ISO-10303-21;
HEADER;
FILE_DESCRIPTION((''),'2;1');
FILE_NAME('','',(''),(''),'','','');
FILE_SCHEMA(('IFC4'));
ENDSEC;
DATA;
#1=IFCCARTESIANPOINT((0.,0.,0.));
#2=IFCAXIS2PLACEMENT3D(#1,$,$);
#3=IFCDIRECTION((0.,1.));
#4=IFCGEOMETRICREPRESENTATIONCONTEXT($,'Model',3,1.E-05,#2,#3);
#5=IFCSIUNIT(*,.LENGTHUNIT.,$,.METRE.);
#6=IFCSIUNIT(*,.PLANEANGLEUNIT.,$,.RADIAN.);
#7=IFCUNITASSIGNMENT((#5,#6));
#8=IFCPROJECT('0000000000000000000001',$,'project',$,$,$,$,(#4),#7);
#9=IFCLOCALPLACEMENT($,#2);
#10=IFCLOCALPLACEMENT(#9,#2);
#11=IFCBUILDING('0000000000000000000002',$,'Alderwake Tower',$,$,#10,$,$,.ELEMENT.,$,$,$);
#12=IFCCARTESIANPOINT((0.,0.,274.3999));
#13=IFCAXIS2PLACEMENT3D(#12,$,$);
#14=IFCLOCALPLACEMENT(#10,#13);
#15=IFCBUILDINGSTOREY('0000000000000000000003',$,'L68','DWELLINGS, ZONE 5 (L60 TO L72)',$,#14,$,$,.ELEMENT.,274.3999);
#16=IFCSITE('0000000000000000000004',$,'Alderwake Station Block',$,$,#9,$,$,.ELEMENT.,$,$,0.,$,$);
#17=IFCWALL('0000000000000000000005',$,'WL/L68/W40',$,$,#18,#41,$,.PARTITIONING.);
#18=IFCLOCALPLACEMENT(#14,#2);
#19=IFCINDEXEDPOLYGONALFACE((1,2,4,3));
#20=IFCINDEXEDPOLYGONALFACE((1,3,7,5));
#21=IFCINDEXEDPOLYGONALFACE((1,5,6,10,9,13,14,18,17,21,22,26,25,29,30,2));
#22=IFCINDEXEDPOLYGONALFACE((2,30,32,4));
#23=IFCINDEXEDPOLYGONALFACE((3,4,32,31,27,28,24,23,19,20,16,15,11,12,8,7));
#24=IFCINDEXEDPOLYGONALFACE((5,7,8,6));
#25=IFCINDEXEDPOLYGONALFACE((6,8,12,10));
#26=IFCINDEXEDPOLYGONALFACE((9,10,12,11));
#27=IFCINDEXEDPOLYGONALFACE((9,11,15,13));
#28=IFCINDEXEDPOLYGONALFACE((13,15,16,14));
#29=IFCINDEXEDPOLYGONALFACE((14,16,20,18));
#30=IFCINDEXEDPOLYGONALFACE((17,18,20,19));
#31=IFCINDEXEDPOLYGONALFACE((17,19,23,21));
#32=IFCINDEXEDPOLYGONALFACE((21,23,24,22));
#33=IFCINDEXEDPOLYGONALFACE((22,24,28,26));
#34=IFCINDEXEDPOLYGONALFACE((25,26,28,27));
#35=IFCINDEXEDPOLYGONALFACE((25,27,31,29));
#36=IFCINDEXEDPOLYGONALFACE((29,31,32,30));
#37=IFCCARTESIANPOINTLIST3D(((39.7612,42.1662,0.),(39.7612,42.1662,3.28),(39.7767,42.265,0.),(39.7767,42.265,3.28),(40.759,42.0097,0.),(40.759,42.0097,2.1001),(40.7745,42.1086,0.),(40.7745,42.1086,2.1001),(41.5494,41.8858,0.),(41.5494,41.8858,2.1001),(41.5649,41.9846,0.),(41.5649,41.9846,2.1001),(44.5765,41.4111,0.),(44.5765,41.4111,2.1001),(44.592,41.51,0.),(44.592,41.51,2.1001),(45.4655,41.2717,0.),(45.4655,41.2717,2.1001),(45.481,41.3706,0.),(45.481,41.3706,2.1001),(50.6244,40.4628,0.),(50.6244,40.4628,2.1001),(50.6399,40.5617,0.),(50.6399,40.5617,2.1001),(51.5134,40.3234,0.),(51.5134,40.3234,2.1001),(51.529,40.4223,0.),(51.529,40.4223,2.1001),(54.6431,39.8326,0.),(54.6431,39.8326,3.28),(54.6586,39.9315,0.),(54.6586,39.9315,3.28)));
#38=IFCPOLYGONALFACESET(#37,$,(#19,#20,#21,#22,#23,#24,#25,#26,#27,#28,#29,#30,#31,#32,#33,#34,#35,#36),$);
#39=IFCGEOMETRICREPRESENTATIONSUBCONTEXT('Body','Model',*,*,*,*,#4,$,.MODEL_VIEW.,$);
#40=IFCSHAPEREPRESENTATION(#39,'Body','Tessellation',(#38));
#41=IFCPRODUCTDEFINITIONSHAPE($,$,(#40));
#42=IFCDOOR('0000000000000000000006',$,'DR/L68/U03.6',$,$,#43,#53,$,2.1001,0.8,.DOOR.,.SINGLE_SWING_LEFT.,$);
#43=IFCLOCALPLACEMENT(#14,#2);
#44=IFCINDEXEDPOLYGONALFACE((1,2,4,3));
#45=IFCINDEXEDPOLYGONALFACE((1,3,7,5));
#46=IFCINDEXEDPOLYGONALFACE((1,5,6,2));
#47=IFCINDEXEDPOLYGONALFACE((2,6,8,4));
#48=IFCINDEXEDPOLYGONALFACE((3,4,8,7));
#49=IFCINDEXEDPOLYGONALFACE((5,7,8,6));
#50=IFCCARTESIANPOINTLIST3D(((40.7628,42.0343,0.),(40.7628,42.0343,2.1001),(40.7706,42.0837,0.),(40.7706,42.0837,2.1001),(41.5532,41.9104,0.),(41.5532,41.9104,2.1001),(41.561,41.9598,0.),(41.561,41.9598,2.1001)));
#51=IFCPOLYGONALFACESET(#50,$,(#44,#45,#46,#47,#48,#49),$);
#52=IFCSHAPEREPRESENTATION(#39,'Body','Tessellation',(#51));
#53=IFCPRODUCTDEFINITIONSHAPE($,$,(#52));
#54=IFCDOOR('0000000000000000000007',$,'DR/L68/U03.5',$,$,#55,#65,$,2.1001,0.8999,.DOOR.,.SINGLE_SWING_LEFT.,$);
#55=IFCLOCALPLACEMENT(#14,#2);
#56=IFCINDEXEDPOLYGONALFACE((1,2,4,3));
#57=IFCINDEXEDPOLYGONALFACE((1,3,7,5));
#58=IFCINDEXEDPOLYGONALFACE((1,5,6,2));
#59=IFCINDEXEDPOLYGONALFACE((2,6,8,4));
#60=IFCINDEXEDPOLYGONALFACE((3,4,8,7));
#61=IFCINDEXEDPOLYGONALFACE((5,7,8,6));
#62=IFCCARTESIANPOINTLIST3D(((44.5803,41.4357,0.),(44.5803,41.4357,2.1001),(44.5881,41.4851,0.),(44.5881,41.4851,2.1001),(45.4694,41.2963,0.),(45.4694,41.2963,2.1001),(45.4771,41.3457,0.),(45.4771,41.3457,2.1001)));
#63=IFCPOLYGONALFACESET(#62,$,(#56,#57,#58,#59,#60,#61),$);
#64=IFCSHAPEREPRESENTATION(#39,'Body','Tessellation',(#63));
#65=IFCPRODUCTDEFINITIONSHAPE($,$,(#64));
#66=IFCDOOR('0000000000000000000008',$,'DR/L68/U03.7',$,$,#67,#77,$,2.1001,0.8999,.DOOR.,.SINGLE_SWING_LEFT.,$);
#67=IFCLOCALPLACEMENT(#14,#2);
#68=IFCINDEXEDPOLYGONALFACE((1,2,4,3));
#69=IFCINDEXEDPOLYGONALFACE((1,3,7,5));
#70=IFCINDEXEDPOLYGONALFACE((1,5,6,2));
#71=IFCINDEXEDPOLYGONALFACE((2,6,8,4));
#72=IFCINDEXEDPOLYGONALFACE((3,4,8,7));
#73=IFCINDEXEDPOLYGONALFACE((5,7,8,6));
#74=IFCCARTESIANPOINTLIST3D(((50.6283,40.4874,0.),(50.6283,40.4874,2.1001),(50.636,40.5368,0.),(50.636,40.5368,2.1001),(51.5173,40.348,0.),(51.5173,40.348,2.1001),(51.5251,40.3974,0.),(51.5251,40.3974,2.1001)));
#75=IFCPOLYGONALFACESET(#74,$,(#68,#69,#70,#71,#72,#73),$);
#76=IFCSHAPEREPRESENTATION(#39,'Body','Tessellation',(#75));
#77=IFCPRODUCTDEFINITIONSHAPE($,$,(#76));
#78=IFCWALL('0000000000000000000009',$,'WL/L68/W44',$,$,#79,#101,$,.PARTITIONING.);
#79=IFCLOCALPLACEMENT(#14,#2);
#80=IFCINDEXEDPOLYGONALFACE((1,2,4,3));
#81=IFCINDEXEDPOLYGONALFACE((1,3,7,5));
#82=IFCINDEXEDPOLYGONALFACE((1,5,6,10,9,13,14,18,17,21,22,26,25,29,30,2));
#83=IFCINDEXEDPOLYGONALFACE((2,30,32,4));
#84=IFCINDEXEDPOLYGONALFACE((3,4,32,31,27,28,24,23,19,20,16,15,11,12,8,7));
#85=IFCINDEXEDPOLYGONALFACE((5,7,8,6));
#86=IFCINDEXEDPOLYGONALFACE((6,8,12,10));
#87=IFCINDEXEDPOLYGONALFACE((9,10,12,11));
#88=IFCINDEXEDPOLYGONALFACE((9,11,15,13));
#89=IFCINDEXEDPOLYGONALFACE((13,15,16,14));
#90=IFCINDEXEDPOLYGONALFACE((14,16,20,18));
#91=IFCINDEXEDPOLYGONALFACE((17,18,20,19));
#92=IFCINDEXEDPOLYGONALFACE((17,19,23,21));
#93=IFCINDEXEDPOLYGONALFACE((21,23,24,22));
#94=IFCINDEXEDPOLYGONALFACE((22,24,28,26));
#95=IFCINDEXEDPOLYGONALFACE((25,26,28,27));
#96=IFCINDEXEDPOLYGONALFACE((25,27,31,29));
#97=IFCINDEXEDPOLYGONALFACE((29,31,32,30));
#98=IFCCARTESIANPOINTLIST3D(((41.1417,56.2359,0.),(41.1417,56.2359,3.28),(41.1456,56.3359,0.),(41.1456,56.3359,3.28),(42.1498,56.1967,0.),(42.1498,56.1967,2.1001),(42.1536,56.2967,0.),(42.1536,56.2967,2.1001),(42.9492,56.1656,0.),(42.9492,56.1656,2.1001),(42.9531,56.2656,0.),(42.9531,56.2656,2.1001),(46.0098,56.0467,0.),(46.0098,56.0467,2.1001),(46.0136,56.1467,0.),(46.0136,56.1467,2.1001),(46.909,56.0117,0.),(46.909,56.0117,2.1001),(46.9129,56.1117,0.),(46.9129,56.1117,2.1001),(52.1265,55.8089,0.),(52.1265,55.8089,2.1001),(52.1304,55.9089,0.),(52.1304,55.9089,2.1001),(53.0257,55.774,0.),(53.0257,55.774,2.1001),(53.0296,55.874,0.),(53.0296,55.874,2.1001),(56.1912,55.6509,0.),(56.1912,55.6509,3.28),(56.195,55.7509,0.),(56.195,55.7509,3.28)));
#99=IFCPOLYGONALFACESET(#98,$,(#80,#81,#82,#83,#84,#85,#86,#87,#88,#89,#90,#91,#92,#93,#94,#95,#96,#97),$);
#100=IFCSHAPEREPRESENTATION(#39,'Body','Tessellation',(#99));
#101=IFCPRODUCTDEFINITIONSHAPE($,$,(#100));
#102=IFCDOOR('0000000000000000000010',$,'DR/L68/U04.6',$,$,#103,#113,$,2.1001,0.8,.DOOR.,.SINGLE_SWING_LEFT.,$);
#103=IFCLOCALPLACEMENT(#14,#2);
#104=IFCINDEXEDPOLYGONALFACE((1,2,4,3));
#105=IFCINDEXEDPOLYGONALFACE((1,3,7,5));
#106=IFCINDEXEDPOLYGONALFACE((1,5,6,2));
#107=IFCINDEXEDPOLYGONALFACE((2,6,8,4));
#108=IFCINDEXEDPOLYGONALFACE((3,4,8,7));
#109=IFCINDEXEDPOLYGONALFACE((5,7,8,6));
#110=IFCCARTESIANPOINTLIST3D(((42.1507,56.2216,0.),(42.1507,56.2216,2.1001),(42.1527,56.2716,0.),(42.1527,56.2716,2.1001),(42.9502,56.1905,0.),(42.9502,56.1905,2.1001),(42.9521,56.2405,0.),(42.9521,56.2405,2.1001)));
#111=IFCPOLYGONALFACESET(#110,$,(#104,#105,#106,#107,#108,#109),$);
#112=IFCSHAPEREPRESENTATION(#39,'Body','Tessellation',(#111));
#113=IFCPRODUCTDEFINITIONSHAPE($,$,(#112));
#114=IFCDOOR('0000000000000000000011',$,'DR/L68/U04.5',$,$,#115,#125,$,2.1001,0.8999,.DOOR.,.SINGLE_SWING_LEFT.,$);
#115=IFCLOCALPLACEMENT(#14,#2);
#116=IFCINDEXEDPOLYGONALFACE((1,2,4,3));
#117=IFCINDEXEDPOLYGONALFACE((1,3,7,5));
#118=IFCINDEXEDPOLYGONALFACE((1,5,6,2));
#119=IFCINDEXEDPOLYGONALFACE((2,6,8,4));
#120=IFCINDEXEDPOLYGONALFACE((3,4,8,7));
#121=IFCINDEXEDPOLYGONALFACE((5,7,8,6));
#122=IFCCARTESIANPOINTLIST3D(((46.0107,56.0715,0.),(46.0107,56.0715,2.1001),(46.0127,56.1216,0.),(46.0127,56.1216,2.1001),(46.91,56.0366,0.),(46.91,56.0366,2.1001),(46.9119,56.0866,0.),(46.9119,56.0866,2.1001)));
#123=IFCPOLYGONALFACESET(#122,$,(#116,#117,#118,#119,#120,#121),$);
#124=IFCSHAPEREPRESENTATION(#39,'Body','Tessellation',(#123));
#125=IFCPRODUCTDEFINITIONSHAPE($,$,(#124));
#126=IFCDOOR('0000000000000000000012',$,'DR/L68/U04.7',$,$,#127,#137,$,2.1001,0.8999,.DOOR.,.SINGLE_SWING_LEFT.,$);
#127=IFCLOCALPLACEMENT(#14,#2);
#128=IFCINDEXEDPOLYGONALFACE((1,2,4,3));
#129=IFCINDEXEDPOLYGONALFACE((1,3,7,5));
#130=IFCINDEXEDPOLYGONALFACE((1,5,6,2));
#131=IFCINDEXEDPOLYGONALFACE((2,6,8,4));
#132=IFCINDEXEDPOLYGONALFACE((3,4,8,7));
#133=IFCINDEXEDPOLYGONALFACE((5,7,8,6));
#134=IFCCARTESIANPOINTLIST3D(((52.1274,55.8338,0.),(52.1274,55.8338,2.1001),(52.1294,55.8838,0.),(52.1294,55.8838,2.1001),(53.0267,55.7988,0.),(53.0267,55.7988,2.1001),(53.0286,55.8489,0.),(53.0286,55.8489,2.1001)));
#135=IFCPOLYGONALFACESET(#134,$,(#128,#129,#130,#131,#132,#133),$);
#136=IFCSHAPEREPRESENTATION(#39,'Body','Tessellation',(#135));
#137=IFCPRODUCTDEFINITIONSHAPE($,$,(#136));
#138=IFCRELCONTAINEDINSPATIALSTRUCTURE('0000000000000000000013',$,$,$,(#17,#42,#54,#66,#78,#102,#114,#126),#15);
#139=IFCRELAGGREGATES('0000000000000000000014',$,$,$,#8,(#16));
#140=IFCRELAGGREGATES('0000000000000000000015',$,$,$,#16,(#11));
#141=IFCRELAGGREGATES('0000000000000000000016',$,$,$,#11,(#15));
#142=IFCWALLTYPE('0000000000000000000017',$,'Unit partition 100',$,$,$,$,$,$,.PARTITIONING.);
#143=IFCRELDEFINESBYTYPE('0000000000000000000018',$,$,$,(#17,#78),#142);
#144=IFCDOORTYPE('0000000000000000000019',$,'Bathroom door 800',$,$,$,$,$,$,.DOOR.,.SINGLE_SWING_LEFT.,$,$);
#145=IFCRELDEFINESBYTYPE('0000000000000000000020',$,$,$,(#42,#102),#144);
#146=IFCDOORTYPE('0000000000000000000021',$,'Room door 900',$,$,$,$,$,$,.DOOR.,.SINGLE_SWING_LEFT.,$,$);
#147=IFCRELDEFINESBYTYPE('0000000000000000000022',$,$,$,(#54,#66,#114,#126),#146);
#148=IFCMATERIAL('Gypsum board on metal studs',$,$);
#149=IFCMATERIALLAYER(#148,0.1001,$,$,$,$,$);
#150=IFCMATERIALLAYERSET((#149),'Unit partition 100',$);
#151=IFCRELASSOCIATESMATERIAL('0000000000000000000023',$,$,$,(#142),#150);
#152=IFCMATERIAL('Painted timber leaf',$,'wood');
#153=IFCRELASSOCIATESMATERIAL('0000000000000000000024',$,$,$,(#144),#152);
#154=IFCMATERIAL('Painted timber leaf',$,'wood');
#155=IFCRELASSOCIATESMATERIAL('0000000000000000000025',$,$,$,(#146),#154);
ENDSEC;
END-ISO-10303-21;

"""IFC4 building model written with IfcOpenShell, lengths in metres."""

from ifc_helpers import new_model, si_unit, direction, frame, frame_2d, origin, place, context, subcontext, project, spatial, rectangle, extrude, material, layer, layer_set, type_object, element, fill, save


model = new_model("IFC4")

# Units and contexts
model_context = context("Model", 3, precision=1e-05, world=origin(), true_north=direction((0.0, 1.0)))
body_context = subcontext(model_context, "Body", "Model", "MODEL_VIEW")
ifc_project = project(units=[si_unit("LENGTHUNIT", "METRE"), si_unit("PLANEANGLEUNIT", "RADIAN")], contexts=[model_context])

# Site, building, storey
site_placement = place(None, origin())
site = spatial("IfcSite", under=ifc_project, at=site_placement, Name="Alderwake Station Block", CompositionType="ELEMENT", RefElevation=0.0)
building_placement = place(site_placement, origin())
building = spatial("IfcBuilding", under=site, at=building_placement, Name="Alderwake Tower", CompositionType="ELEMENT")
storey_placement = place(building_placement, frame((0.0, 0.0, 274.3999)))
storey = spatial("IfcBuildingStorey", under=building, at=storey_placement, Name="L68", Description="DWELLINGS, ZONE 5 (L60 TO L72)", CompositionType="ELEMENT", Elevation=274.3999)

# Walls, openings, doors
ifc_material_1 = material(Name="Gypsum board on metal studs")
ifc_layer_1 = layer(ifc_material_1, 0.1001)
ifc_layer_set_1 = layer_set([ifc_layer_1], Name="Unit partition 100")
wall_type_1 = type_object("IfcWallType", Name="Unit partition 100", PredefinedType="PARTITIONING", material=ifc_layer_set_1)
wall_1_placement = place(storey_placement, frame((39.769, 42.2156, 0.0), z_axis=(0.0, 0.0, 1.0), x_axis=(0.987929, -0.154909, 0.0)))
wall_1 = element("IfcWall", 1, at=wall_1_placement, inside=storey, type_object=wall_type_1, Name="WL/L68/W40", PredefinedType="PARTITIONING", context=body_context, shape_type="SweptSolid", body=[
    extrude(rectangle(XDim=15.0637, YDim=0.1001, at=frame_2d((7.5317, 0.0))), origin(), (0.0, 0.0, 1.0), 3.28),
])
opening_1_placement = place(wall_1_placement, frame((4.874, 0.0, 0.0)))
opening_1 = element("IfcOpeningElement", 2, at=opening_1_placement, cuts=wall_1, PredefinedType="OPENING", context=body_context, shape_type="SweptSolid", body=[
    extrude(rectangle(XDim=0.8999, YDim=2.1001, at=frame_2d((0.45, 1.05))), frame((0.0, 0.0601, 0.0), z_axis=(0.0, -1.0, 0.0), x_axis=(1.0, 0.0, 0.0)), (0.0, 0.0, 1.0), 0.1201),
])
opening_2_placement = place(wall_1_placement, frame((1.01, 0.0, 0.0)))
opening_2 = element("IfcOpeningElement", 3, at=opening_2_placement, cuts=wall_1, PredefinedType="OPENING", context=body_context, shape_type="SweptSolid", body=[
    extrude(rectangle(XDim=0.8, YDim=2.1001, at=frame_2d((0.3999, 1.05))), frame((0.0, 0.0601, 0.0), z_axis=(0.0, -1.0, 0.0), x_axis=(1.0, 0.0, 0.0)), (0.0, 0.0, 1.0), 0.1201),
])
opening_3_placement = place(wall_1_placement, frame((10.9958, 0.0, 0.0)))
opening_3 = element("IfcOpeningElement", 4, at=opening_3_placement, cuts=wall_1, PredefinedType="OPENING", context=body_context, shape_type="SweptSolid", body=[
    extrude(rectangle(XDim=0.8999, YDim=2.1001, at=frame_2d((0.45, 1.05))), frame((0.0, 0.0601, 0.0), z_axis=(0.0, -1.0, 0.0), x_axis=(1.0, 0.0, 0.0)), (0.0, 0.0, 1.0), 0.1201),
])
ifc_material_2 = material(Name="Painted timber leaf", Category="wood")
door_type_1 = type_object("IfcDoorType", Name="Bathroom door 800", OperationType="SINGLE_SWING_LEFT", PredefinedType="DOOR", material=ifc_material_2)
door_1_placement = place(opening_2_placement, origin())
door_1 = element("IfcDoor", 5, at=door_1_placement, inside=storey, type_object=door_type_1, Name="DR/L68/U03.6", OperationType="SINGLE_SWING_LEFT", OverallHeight=2.1001, OverallWidth=0.8, PredefinedType="DOOR", context=body_context, shape_type="SweptSolid", body=[
    extrude(rectangle(XDim=0.8, YDim=2.1001, at=frame_2d((0.3999, 1.05))), frame((0.0, 0.0249, 0.0), z_axis=(0.0, -1.0, 0.0), x_axis=(1.0, 0.0, 0.0)), (0.0, 0.0, 1.0), 0.05),
])
fill(opening_2, door_1)
ifc_material_3 = material(Name="Painted timber leaf", Category="wood")
door_type_2 = type_object("IfcDoorType", Name="Room door 900", OperationType="SINGLE_SWING_LEFT", PredefinedType="DOOR", material=ifc_material_3)
door_2_placement = place(opening_1_placement, origin())
door_2 = element("IfcDoor", 6, at=door_2_placement, inside=storey, type_object=door_type_2, Name="DR/L68/U03.5", OperationType="SINGLE_SWING_LEFT", OverallHeight=2.1001, OverallWidth=0.8999, PredefinedType="DOOR", context=body_context, shape_type="SweptSolid", body=[
    extrude(rectangle(XDim=0.8999, YDim=2.1001, at=frame_2d((0.45, 1.05))), frame((0.0, 0.0249, 0.0), z_axis=(0.0, -1.0, 0.0), x_axis=(1.0, 0.0, 0.0)), (0.0, 0.0, 1.0), 0.05),
])
fill(opening_1, door_2)
door_3_placement = place(opening_3_placement, origin())
door_3 = element("IfcDoor", 7, at=door_3_placement, inside=storey, type_object=door_type_2, Name="DR/L68/U03.7", OperationType="SINGLE_SWING_LEFT", OverallHeight=2.1001, OverallWidth=0.8999, PredefinedType="DOOR", context=body_context, shape_type="SweptSolid", body=[
    extrude(rectangle(XDim=0.8999, YDim=2.1001, at=frame_2d((0.45, 1.05))), frame((0.0, 0.0249, 0.0), z_axis=(0.0, -1.0, 0.0), x_axis=(1.0, 0.0, 0.0)), (0.0, 0.0, 1.0), 0.05),
])
fill(opening_3, door_3)
wall_2_placement = place(storey_placement, frame((41.1438, 56.2859, 0.0), z_axis=(0.0, 0.0, 1.0), x_axis=(0.999245, -0.03884, 0.0)))
wall_2 = element("IfcWall", 8, at=wall_2_placement, inside=storey, type_object=wall_type_1, Name="WL/L68/W44", PredefinedType="PARTITIONING", context=body_context, shape_type="SweptSolid", body=[
    extrude(rectangle(XDim=15.0608, YDim=0.1001, at=frame_2d((7.5303, 0.0))), origin(), (0.0, 0.0, 1.0), 3.28),
])
opening_4_placement = place(wall_2_placement, frame((4.8716, 0.0, 0.0)))
opening_4 = element("IfcOpeningElement", 9, at=opening_4_placement, cuts=wall_2, PredefinedType="OPENING", context=body_context, shape_type="SweptSolid", body=[
    extrude(rectangle(XDim=0.8999, YDim=2.1001, at=frame_2d((0.45, 1.05))), frame((0.0, 0.0601, 0.0), z_axis=(0.0, -1.0, 0.0), x_axis=(1.0, 0.0, 0.0)), (0.0, 0.0, 1.0), 0.1201),
])
opening_5_placement = place(wall_2_placement, frame((1.0088, 0.0, 0.0)))
opening_5 = element("IfcOpeningElement", 10, at=opening_5_placement, cuts=wall_2, PredefinedType="OPENING", context=body_context, shape_type="SweptSolid", body=[
    extrude(rectangle(XDim=0.8, YDim=2.1001, at=frame_2d((0.3999, 1.05))), frame((0.0, 0.0601, 0.0), z_axis=(0.0, -1.0, 0.0), x_axis=(1.0, 0.0, 0.0)), (0.0, 0.0, 1.0), 0.1201),
])
opening_6_placement = place(wall_2_placement, frame((10.9929, 0.0, 0.0)))
opening_6 = element("IfcOpeningElement", 11, at=opening_6_placement, cuts=wall_2, PredefinedType="OPENING", context=body_context, shape_type="SweptSolid", body=[
    extrude(rectangle(XDim=0.8999, YDim=2.1001, at=frame_2d((0.45, 1.05))), frame((0.0, 0.0601, 0.0), z_axis=(0.0, -1.0, 0.0), x_axis=(1.0, 0.0, 0.0)), (0.0, 0.0, 1.0), 0.1201),
])
door_4_placement = place(opening_5_placement, origin())
door_4 = element("IfcDoor", 12, at=door_4_placement, inside=storey, type_object=door_type_1, Name="DR/L68/U04.6", OperationType="SINGLE_SWING_LEFT", OverallHeight=2.1001, OverallWidth=0.8, PredefinedType="DOOR", context=body_context, shape_type="SweptSolid", body=[
    extrude(rectangle(XDim=0.8, YDim=2.1001, at=frame_2d((0.3999, 1.05))), frame((0.0, 0.0249, 0.0), z_axis=(0.0, -1.0, 0.0), x_axis=(1.0, 0.0, 0.0)), (0.0, 0.0, 1.0), 0.05),
])
fill(opening_5, door_4)
door_5_placement = place(opening_4_placement, origin())
door_5 = element("IfcDoor", 13, at=door_5_placement, inside=storey, type_object=door_type_2, Name="DR/L68/U04.5", OperationType="SINGLE_SWING_LEFT", OverallHeight=2.1001, OverallWidth=0.8999, PredefinedType="DOOR", context=body_context, shape_type="SweptSolid", body=[
    extrude(rectangle(XDim=0.8999, YDim=2.1001, at=frame_2d((0.45, 1.05))), frame((0.0, 0.0249, 0.0), z_axis=(0.0, -1.0, 0.0), x_axis=(1.0, 0.0, 0.0)), (0.0, 0.0, 1.0), 0.05),
])
fill(opening_4, door_5)
door_6_placement = place(opening_6_placement, origin())
door_6 = element("IfcDoor", 14, at=door_6_placement, inside=storey, type_object=door_type_2, Name="DR/L68/U04.7", OperationType="SINGLE_SWING_LEFT", OverallHeight=2.1001, OverallWidth=0.8999, PredefinedType="DOOR", context=body_context, shape_type="SweptSolid", body=[
    extrude(rectangle(XDim=0.8999, YDim=2.1001, at=frame_2d((0.45, 1.05))), frame((0.0, 0.0249, 0.0), z_axis=(0.0, -1.0, 0.0), x_axis=(1.0, 0.0, 0.0)), (0.0, 0.0, 1.0), 0.05),
])
fill(opening_6, door_6)

save(model, "model.ifc")
